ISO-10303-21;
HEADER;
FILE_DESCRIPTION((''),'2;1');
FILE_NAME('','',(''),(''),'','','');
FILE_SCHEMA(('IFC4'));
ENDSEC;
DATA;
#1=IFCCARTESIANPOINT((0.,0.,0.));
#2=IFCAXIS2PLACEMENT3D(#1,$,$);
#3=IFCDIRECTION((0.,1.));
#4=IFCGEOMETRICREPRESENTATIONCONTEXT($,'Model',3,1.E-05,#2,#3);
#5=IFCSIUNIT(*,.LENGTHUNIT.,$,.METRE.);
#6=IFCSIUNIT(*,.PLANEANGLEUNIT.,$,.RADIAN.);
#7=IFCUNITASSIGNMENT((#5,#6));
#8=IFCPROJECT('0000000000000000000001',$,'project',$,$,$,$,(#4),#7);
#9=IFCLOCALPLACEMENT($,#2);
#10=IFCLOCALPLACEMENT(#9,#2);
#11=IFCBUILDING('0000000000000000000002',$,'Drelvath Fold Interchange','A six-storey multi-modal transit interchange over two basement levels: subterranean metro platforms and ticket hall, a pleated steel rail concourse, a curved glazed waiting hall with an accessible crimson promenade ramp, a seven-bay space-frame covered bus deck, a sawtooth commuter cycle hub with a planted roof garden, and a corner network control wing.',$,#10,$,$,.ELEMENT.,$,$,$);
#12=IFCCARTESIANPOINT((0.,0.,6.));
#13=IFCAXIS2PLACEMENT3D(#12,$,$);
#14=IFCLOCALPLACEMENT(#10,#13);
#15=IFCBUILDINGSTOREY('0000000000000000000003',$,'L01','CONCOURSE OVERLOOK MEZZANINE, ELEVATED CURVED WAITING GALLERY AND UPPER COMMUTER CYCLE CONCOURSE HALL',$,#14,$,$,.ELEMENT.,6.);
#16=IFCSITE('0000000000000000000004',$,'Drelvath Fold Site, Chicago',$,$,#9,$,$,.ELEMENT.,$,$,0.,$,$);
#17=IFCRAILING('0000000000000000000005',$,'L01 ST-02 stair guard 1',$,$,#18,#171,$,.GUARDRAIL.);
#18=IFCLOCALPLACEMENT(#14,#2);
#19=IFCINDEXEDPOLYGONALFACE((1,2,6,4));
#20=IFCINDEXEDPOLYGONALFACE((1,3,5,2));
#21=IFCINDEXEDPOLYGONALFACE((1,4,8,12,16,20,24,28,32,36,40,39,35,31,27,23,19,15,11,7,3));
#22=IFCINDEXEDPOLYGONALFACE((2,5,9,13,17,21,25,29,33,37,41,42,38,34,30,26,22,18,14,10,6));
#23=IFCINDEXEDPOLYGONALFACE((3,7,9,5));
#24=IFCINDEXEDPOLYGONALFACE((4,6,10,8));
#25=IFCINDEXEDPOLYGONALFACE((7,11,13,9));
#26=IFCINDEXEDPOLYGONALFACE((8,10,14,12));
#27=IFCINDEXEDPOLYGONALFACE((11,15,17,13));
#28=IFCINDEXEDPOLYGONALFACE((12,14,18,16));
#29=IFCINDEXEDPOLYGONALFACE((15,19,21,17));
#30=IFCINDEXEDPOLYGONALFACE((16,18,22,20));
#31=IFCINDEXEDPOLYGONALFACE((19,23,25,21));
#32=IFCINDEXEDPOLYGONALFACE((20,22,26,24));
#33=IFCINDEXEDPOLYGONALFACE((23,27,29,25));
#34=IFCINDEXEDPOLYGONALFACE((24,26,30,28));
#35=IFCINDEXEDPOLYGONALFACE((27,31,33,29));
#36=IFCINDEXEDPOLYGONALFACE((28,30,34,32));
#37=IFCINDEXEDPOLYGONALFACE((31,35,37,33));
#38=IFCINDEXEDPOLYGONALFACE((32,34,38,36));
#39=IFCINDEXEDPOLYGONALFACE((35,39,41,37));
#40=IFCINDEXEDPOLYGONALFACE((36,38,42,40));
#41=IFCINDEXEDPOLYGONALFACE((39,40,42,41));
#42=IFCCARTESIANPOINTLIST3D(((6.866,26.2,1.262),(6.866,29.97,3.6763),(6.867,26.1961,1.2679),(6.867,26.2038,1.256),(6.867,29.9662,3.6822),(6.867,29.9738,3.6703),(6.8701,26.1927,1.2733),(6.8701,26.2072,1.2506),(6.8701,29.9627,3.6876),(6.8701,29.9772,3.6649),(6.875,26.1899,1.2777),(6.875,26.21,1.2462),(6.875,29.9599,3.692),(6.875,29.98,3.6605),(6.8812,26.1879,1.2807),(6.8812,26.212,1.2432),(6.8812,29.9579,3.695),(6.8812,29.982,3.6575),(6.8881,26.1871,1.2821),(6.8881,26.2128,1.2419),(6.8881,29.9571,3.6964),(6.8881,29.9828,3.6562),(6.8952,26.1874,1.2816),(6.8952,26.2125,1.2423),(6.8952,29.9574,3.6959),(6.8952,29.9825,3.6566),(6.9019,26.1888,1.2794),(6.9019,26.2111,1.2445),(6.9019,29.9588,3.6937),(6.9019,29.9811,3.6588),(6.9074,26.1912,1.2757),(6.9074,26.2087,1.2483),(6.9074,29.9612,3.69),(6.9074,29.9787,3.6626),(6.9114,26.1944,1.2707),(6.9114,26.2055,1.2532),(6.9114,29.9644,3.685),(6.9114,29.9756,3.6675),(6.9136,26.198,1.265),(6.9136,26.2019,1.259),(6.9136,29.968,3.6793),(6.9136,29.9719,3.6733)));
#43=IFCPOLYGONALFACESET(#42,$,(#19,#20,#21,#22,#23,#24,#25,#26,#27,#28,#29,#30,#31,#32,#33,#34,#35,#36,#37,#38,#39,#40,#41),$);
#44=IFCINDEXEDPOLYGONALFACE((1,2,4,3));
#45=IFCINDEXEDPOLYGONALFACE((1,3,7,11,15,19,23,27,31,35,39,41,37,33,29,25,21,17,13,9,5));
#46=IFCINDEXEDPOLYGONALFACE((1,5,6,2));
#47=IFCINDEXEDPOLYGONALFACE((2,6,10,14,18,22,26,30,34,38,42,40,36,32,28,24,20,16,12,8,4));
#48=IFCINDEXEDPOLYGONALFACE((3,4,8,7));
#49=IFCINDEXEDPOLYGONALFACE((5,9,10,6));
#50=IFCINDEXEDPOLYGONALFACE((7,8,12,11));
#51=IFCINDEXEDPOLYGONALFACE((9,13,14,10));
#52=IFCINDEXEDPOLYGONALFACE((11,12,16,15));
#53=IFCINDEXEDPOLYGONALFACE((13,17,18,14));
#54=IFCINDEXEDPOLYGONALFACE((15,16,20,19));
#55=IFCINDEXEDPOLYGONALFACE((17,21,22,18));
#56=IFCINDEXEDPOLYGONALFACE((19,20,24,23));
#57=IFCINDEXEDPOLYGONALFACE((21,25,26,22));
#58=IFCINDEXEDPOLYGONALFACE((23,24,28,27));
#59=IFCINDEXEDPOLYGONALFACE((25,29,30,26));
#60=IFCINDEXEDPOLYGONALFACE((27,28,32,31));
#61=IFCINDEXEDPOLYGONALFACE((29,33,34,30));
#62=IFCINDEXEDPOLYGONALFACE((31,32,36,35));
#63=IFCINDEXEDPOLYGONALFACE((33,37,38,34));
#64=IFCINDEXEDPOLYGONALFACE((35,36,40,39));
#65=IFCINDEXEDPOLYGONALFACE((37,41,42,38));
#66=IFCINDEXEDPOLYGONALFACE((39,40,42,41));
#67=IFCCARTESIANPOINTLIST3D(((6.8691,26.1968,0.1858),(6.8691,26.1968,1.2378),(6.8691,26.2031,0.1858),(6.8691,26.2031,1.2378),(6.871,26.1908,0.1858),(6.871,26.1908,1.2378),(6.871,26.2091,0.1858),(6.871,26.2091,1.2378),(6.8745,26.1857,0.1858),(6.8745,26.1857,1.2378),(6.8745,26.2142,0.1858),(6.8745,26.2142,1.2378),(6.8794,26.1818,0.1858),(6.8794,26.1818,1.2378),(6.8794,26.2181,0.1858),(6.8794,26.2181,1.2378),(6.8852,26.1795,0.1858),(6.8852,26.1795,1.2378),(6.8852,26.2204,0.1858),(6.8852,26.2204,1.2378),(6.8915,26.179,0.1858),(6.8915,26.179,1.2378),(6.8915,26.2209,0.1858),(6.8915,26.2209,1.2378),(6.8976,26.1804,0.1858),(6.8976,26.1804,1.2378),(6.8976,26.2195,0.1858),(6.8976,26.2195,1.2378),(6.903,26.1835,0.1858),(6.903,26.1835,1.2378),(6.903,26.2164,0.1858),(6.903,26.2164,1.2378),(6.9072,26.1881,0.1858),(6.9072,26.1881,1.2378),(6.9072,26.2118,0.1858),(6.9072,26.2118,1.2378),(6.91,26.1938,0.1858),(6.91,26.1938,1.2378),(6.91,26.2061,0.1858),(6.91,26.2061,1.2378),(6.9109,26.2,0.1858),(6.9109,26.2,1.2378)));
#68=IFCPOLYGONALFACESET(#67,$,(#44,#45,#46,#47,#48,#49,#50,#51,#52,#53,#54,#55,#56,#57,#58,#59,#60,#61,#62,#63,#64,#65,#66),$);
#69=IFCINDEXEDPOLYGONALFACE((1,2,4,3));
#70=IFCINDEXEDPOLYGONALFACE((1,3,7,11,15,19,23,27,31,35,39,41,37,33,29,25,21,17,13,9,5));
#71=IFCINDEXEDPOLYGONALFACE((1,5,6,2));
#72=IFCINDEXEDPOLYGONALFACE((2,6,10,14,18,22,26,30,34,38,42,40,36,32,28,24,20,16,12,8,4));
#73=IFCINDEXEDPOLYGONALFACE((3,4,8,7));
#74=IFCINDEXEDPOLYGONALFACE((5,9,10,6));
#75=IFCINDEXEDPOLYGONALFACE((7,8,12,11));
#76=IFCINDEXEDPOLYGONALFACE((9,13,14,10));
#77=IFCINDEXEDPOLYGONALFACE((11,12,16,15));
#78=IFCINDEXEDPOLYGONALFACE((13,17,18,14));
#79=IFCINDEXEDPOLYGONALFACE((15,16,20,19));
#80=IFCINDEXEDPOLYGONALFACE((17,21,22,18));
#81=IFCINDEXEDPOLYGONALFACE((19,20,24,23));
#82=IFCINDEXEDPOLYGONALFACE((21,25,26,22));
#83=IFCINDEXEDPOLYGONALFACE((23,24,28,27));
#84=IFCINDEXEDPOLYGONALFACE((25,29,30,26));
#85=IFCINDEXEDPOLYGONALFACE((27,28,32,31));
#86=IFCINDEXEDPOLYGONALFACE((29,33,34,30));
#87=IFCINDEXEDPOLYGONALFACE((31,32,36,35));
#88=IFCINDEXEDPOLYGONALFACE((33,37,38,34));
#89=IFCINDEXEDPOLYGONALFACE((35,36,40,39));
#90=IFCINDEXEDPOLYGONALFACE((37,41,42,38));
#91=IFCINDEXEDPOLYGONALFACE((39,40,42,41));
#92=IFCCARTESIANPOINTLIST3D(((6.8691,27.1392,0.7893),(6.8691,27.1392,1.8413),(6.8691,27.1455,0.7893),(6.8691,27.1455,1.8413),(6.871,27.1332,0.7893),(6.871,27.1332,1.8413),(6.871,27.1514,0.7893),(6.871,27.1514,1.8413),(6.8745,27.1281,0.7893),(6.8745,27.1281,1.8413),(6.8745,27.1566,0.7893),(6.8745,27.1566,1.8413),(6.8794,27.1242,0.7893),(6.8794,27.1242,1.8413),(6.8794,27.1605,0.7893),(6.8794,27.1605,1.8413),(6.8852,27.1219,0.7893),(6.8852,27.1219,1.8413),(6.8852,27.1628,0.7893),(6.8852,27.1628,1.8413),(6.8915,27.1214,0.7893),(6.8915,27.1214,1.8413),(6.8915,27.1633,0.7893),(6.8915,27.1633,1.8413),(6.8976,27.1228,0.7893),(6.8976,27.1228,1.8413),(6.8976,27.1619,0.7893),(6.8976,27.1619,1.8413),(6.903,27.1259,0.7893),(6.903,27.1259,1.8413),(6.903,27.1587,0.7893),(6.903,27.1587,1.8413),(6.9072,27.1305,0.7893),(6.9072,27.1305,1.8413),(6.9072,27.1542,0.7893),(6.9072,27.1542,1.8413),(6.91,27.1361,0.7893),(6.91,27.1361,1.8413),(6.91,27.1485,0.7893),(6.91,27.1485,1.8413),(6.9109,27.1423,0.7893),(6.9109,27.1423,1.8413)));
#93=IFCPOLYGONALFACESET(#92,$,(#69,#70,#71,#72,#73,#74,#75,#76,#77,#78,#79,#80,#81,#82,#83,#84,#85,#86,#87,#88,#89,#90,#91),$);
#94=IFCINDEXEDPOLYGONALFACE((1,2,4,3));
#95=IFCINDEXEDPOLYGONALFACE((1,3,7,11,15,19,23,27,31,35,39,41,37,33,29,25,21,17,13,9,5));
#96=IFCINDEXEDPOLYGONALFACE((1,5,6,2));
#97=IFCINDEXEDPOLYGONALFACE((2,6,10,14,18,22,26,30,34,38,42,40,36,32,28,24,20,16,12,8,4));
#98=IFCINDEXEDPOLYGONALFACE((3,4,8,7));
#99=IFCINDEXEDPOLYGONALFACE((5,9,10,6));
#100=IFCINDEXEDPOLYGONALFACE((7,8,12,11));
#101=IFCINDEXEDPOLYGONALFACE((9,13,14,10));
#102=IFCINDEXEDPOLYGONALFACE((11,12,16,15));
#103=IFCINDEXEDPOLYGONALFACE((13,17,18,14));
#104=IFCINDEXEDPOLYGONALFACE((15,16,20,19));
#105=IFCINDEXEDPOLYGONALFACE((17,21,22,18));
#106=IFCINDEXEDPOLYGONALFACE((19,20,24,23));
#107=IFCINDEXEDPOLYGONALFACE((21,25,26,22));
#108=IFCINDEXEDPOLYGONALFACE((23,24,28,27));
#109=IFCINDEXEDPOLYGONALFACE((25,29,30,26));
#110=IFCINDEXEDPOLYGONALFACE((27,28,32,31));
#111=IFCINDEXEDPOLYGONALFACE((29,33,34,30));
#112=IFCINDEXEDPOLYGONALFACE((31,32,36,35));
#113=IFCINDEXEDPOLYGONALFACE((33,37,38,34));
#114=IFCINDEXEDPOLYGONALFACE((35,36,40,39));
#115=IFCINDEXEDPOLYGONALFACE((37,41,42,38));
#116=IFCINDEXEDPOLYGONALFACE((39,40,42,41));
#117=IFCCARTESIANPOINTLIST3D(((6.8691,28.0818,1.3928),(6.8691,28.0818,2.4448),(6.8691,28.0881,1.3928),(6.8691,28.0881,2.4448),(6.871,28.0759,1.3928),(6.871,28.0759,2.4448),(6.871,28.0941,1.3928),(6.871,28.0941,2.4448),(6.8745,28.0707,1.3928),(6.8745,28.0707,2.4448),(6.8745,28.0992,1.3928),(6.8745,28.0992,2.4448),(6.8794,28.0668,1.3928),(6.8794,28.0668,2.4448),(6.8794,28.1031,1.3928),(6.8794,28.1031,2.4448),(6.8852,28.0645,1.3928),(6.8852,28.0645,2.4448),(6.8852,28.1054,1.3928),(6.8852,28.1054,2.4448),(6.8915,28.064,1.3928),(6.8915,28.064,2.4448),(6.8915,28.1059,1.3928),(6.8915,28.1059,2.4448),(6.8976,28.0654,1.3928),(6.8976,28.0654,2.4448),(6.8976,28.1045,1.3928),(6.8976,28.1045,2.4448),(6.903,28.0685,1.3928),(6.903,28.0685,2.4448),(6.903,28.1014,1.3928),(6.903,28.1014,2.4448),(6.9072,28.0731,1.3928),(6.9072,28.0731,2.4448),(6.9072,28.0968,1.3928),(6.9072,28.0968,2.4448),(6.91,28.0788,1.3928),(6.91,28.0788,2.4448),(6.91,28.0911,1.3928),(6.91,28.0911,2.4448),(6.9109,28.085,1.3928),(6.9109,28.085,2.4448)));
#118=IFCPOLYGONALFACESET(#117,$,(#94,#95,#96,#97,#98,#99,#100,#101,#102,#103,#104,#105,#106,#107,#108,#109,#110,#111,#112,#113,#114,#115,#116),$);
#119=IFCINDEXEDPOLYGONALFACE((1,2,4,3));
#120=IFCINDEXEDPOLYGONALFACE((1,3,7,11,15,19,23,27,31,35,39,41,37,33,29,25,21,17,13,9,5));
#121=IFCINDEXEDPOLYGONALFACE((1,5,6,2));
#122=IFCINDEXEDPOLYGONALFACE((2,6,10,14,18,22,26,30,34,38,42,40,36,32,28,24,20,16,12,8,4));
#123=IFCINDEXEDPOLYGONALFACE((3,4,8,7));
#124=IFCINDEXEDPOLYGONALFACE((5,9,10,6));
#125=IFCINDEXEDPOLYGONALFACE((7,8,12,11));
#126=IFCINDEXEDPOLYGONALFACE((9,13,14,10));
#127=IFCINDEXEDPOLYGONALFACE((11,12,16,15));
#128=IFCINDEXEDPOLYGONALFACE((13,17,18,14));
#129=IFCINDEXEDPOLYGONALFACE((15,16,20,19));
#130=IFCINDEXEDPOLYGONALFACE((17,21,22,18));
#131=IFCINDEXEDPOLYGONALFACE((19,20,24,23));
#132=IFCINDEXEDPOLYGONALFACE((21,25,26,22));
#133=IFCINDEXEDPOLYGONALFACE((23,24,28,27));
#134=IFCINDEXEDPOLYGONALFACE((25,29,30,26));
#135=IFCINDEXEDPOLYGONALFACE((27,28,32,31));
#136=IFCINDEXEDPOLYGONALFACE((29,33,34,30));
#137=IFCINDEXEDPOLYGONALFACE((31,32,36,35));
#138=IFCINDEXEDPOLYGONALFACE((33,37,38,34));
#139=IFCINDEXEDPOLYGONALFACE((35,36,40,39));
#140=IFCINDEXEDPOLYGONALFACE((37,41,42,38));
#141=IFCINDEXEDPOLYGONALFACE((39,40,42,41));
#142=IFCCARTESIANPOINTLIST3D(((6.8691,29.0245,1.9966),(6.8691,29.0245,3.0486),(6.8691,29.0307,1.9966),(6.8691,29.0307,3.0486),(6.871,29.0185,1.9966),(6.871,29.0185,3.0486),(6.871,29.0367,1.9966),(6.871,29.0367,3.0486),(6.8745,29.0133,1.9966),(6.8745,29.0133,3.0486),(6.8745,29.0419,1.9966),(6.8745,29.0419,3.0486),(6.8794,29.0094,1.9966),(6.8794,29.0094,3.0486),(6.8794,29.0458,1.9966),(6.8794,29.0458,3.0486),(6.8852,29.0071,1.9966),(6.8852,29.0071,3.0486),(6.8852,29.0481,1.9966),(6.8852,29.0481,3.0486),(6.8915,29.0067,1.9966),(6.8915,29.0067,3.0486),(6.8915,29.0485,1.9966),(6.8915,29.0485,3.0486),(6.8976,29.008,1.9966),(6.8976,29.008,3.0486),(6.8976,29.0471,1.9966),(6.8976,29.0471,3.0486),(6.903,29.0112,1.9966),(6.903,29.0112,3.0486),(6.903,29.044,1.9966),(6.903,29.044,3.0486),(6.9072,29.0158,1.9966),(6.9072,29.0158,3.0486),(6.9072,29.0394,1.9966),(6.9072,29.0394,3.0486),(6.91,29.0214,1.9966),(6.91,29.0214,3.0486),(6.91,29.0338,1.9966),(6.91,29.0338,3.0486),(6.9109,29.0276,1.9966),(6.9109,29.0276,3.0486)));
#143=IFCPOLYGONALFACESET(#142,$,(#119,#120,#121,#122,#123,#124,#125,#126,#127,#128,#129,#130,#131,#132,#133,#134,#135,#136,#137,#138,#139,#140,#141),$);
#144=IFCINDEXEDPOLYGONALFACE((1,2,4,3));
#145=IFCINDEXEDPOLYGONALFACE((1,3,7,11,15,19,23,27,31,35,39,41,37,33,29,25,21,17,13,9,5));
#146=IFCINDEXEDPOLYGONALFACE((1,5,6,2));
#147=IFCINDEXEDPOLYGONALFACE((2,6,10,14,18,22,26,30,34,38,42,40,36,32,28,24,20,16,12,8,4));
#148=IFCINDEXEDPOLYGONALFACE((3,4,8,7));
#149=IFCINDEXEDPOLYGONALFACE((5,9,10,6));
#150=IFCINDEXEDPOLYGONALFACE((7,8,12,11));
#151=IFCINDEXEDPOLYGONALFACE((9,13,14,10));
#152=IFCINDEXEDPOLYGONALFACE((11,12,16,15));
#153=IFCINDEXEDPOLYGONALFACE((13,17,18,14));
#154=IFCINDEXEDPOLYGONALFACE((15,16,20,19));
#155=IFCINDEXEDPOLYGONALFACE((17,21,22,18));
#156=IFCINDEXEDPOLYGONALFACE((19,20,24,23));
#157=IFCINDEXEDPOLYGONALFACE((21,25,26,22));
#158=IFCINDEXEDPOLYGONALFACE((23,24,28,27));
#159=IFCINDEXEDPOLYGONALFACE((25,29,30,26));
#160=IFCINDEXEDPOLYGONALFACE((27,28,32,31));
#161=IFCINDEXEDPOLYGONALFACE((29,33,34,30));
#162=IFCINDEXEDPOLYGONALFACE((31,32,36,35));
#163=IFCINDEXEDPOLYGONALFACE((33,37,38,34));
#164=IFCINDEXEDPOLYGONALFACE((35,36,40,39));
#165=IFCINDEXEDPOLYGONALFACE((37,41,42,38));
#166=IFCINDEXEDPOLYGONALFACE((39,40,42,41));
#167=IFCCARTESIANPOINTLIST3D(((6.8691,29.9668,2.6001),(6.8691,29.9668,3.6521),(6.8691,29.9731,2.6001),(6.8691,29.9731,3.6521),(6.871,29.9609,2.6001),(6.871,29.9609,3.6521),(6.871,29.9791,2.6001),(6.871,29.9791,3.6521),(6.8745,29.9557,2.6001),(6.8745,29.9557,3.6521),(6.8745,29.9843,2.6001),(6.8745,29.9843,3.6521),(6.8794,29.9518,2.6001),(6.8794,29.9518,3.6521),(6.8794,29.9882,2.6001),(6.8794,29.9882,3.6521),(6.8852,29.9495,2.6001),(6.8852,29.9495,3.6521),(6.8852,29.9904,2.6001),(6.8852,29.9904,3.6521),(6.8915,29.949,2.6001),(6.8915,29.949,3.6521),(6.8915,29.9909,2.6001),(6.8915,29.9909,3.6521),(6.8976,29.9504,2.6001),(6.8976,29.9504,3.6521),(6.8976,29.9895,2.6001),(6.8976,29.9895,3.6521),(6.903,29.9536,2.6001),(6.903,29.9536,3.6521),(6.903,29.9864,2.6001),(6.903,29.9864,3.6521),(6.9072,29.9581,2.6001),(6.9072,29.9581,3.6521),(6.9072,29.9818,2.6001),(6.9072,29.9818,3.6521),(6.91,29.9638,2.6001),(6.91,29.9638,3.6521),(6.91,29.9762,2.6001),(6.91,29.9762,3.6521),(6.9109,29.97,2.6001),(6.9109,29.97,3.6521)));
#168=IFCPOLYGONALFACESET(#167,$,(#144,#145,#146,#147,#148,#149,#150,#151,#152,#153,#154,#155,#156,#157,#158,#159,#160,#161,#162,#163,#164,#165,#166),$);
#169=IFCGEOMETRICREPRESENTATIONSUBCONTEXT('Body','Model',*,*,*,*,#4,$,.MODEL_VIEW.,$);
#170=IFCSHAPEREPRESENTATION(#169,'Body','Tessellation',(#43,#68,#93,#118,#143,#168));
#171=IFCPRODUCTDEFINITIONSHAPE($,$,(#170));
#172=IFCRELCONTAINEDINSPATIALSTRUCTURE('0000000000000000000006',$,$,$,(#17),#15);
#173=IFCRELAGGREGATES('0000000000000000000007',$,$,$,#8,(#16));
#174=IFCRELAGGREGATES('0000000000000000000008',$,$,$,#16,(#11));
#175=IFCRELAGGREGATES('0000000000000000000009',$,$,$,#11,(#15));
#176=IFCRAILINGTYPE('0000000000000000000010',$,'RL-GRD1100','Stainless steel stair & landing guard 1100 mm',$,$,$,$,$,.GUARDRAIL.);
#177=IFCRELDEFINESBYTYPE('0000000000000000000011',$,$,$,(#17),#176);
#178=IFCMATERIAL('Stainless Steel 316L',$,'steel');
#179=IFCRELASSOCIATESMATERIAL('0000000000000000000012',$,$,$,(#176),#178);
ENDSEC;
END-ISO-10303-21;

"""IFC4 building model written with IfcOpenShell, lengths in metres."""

from ifc_helpers import new_model, si_unit, direction, frame, origin, origin_2d, place, context, subcontext, project, spatial, circle, extrude, material, type_object, element, save


model = new_model("IFC4")

# Units and contexts
model_context = context("Model", 3, precision=1e-05, world=origin(), true_north=direction((0.0, 1.0)))
body_context = subcontext(model_context, "Body", "Model", "MODEL_VIEW")
ifc_project = project(units=[si_unit("LENGTHUNIT", "METRE"), si_unit("PLANEANGLEUNIT", "RADIAN")], contexts=[model_context])

# Site, building, storey
site_placement = place(None, origin())
site = spatial("IfcSite", under=ifc_project, at=site_placement, Name="Drelvath Fold Site, Chicago", CompositionType="ELEMENT", RefElevation=0.0)
building_placement = place(site_placement, origin())
building = spatial("IfcBuilding", under=site, at=building_placement, Name="Drelvath Fold Interchange", Description="A six-storey multi-modal transit interchange over two basement levels: subterranean metro platforms and ticket hall, a pleated steel rail concourse, a curved glazed waiting hall with an accessible crimson promenade ramp, a seven-bay space-frame covered bus deck, a sawtooth commuter cycle hub with a planted roof garden, and a corner network control wing.", CompositionType="ELEMENT")
storey_placement = place(building_placement, frame((0.0, 0.0, 6.0)))
storey = spatial("IfcBuildingStorey", under=building, at=storey_placement, Name="L01", Description="CONCOURSE OVERLOOK MEZZANINE, ELEVATED CURVED WAITING GALLERY AND UPPER COMMUTER CYCLE CONCOURSE HALL", CompositionType="ELEMENT", Elevation=6.0)

# Railing
ifc_material_1 = material(Name="Stainless Steel 316L", Category="steel")
railing_type_1 = type_object("IfcRailingType", Name="RL-GRD1100", Description="Stainless steel stair & landing guard 1100 mm", PredefinedType="GUARDRAIL", material=ifc_material_1)
railing_1_placement = place(storey_placement, frame((6.8899, 26.2, 0.1858)))
element("IfcRailing", 1, at=railing_1_placement, inside=storey, type_object=railing_type_1, Name="L01 ST-02 stair guard 1", PredefinedType="GUARDRAIL", context=body_context, shape_type="SweptSolid", body=[
    extrude(circle(Radius=0.0239, at=origin_2d()), frame((0.0, 0.0, 1.0762), z_axis=(0.0, 0.84212, 0.53929), x_axis=(-1.0, 0.0, 0.0)), (0.0, 0.0, 1.0), 4.4768),
    extrude(circle(Radius=0.021, at=origin_2d()), origin(), (0.0, 0.0, 1.0), 1.052),
    extrude(circle(Radius=0.021, at=origin_2d()), frame((0.0, 0.9424, 0.6035)), (0.0, 0.0, 1.0), 1.052),
    extrude(circle(Radius=0.021, at=origin_2d()), frame((0.0, 1.885, 1.207)), (0.0, 0.0, 1.0), 1.052),
    extrude(circle(Radius=0.021, at=origin_2d()), frame((0.0, 2.8276, 1.8108)), (0.0, 0.0, 1.0), 1.052),
    extrude(circle(Radius=0.021, at=origin_2d()), frame((0.0, 3.77, 2.4143)), (0.0, 0.0, 1.0), 1.052),
])

save(model, "model.ifc")
